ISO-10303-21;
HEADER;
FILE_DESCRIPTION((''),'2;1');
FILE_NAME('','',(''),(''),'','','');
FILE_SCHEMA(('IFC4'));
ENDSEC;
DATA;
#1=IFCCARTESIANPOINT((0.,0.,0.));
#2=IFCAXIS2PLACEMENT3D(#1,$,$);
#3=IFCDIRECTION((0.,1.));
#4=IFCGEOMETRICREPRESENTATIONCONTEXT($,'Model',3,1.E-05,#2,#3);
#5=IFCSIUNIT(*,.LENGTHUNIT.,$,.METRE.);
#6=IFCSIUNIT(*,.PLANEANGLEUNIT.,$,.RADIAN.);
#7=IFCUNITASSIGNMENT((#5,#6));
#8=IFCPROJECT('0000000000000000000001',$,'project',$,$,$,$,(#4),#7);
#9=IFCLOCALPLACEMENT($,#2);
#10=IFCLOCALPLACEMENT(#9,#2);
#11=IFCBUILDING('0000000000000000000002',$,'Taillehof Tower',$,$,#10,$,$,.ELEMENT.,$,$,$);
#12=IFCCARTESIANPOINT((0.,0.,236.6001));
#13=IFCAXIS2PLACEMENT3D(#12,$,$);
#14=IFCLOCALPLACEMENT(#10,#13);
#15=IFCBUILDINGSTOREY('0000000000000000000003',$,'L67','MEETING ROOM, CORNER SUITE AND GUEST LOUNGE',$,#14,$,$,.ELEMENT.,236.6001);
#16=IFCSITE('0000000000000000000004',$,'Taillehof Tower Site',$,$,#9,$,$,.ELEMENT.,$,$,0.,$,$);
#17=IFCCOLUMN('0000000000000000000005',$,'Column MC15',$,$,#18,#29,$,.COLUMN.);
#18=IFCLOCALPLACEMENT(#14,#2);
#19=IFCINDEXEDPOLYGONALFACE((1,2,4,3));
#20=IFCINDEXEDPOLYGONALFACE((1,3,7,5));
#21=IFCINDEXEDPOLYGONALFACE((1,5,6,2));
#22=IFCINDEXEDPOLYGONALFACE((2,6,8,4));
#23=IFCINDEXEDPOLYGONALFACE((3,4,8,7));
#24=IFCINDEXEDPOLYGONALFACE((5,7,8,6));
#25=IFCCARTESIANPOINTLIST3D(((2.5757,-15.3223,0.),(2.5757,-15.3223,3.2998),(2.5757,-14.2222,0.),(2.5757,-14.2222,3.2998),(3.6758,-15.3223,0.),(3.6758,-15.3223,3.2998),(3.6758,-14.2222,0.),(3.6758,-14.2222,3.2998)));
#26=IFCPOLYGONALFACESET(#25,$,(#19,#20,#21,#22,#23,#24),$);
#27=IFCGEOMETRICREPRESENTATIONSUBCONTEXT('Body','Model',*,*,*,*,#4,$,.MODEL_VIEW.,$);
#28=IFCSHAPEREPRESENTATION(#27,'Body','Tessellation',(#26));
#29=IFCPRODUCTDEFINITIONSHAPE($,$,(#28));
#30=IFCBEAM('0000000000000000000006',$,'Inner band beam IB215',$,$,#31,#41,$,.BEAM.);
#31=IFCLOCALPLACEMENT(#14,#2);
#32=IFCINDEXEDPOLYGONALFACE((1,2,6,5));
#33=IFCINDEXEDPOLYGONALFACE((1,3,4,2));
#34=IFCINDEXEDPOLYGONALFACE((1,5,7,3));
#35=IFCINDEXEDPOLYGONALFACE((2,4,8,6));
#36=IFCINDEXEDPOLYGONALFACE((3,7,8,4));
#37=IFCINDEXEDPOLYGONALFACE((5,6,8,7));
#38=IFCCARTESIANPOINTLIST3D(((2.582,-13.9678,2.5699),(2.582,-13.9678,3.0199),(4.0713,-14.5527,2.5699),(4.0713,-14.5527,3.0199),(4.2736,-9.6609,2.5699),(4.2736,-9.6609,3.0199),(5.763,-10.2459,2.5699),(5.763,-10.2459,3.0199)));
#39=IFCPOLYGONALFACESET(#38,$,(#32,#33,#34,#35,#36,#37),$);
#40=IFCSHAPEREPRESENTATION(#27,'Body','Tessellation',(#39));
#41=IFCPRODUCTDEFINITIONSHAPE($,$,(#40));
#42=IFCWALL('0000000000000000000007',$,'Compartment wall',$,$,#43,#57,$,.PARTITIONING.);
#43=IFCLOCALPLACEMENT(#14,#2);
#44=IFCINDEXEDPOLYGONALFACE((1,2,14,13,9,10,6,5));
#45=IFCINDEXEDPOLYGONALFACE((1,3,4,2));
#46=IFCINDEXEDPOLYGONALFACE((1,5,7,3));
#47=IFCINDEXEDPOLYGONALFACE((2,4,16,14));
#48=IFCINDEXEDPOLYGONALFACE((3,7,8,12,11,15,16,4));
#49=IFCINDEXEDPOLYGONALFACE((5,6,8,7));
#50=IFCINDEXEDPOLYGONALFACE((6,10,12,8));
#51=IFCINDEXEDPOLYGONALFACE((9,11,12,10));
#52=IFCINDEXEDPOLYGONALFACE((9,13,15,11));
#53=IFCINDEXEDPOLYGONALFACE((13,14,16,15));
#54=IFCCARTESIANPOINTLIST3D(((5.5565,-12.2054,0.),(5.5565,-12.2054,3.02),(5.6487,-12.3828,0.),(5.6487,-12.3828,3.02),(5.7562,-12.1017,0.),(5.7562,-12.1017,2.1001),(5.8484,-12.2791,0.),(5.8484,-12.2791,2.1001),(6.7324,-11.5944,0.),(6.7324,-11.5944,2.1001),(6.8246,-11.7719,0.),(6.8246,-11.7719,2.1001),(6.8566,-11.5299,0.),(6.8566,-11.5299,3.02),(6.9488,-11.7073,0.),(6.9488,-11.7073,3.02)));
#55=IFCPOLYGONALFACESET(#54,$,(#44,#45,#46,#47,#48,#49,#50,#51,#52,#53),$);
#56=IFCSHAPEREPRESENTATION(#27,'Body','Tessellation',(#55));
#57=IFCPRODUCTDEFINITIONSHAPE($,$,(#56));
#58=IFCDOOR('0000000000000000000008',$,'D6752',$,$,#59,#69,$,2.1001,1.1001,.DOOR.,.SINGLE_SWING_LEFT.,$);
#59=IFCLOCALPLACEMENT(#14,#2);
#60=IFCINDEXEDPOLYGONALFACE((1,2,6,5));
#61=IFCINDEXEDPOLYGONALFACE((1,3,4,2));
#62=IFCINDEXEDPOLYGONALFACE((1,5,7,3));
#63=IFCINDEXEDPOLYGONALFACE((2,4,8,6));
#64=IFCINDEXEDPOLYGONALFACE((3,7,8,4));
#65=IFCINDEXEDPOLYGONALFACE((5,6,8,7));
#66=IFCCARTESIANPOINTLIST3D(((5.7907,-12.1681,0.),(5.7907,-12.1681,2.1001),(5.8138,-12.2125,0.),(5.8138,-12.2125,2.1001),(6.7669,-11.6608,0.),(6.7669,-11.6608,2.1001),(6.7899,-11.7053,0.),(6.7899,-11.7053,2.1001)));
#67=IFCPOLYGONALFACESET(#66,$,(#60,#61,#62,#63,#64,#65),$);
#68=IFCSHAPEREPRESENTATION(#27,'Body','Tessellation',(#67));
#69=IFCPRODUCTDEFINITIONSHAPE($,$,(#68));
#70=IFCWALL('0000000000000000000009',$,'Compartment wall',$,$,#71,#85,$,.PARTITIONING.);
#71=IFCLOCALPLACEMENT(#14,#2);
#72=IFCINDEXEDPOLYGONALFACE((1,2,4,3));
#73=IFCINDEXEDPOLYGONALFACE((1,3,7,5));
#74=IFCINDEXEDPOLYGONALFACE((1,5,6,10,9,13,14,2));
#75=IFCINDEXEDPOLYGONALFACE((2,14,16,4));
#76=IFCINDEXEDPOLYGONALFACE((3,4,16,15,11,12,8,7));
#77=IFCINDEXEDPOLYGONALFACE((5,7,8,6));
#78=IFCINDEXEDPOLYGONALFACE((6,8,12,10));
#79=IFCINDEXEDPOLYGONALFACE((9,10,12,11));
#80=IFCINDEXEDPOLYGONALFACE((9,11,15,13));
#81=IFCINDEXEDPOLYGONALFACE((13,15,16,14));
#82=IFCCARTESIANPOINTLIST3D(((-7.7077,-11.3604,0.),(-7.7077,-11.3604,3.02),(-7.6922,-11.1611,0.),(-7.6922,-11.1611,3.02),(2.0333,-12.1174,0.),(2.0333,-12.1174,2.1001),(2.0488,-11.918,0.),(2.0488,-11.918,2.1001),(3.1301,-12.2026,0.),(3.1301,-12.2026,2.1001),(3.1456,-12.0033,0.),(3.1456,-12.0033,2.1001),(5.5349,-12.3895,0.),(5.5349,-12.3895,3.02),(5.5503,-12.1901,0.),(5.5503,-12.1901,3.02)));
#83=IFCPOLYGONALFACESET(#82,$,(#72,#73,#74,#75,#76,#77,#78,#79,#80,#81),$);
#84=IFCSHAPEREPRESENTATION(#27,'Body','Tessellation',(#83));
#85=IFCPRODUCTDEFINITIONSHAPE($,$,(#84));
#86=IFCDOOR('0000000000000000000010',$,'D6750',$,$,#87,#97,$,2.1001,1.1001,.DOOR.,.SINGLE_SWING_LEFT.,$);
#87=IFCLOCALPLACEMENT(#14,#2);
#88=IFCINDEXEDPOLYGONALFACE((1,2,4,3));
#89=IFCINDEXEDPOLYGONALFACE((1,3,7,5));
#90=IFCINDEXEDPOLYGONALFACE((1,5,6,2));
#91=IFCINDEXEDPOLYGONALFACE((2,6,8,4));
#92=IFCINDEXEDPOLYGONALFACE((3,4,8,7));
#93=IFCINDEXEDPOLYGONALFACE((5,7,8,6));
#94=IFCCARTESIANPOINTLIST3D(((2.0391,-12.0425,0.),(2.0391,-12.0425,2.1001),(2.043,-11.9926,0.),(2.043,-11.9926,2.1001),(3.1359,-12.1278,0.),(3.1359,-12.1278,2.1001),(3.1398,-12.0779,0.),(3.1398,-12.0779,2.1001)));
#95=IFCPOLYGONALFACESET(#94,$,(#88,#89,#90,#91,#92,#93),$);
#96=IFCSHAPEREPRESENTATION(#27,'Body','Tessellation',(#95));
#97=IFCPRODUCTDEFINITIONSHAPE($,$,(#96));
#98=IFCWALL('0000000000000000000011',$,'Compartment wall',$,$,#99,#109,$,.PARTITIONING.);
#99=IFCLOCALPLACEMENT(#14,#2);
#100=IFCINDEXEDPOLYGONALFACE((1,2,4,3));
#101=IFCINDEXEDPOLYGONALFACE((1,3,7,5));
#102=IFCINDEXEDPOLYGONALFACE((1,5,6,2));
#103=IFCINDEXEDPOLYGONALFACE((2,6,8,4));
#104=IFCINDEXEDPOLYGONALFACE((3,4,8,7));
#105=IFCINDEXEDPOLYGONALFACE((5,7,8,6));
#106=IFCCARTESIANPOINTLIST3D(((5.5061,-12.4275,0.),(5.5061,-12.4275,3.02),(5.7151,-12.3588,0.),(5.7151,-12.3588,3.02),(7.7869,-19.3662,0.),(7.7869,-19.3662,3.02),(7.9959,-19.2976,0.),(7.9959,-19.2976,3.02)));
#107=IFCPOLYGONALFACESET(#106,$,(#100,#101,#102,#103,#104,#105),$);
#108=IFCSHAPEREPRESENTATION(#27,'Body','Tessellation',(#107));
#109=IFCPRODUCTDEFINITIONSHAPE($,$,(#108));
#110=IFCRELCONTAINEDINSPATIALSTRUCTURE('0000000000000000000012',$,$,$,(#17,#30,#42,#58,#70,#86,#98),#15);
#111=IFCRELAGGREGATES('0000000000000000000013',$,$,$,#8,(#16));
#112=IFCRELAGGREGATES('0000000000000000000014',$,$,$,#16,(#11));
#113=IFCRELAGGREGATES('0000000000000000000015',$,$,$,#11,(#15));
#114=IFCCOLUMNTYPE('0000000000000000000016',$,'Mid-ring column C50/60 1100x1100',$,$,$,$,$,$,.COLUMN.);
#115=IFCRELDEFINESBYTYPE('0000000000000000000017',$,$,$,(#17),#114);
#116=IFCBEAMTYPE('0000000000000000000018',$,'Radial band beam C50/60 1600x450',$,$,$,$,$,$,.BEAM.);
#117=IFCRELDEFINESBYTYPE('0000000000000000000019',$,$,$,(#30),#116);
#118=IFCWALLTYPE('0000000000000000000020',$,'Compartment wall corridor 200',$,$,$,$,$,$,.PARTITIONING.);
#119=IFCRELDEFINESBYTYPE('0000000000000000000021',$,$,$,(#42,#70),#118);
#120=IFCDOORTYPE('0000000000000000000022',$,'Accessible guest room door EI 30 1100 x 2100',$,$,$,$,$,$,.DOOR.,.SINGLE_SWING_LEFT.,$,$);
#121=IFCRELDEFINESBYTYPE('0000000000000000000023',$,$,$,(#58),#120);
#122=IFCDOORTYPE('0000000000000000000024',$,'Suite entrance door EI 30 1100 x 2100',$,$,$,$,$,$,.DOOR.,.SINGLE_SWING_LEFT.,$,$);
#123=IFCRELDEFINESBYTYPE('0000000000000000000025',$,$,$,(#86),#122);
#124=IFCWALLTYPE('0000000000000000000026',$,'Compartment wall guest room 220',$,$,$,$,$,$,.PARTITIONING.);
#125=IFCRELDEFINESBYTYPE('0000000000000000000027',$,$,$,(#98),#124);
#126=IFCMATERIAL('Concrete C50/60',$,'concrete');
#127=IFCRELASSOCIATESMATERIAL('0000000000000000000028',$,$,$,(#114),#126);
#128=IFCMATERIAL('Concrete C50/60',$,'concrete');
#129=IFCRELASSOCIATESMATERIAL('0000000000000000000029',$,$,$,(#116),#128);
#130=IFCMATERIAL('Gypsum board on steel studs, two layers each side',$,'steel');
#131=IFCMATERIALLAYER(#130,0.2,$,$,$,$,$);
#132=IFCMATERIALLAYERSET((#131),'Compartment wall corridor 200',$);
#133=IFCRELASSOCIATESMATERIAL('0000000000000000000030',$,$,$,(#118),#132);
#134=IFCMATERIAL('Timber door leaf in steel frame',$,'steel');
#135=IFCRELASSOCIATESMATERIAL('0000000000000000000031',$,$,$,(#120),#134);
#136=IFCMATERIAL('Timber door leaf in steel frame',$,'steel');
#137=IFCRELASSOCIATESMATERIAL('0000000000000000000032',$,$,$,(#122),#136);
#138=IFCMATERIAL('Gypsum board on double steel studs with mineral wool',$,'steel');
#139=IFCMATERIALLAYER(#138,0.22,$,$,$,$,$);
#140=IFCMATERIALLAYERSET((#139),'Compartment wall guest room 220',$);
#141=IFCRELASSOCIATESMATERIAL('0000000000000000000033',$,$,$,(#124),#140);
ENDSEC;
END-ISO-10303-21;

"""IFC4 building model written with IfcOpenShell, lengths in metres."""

from ifc_helpers import new_model, si_unit, direction, frame, frame_2d, origin, origin_2d, place, context, subcontext, project, spatial, rectangle, extrude, material, layer, layer_set, material_profile, profile_set, type_object, element, fill, save


model = new_model("IFC4")

# Units and contexts
model_context = context("Model", 3, precision=1e-05, world=origin(), true_north=direction((0.0, 1.0)))
body_context = subcontext(model_context, "Body", "Model", "MODEL_VIEW")
ifc_project = project(units=[si_unit("LENGTHUNIT", "METRE"), si_unit("PLANEANGLEUNIT", "RADIAN")], contexts=[model_context])

# Site, building, storey
site_placement = place(None, origin())
site = spatial("IfcSite", under=ifc_project, at=site_placement, Name="Taillehof Tower Site", CompositionType="ELEMENT", RefElevation=0.0)
building_placement = place(site_placement, origin())
building = spatial("IfcBuilding", under=site, at=building_placement, Name="Taillehof Tower", CompositionType="ELEMENT")
storey_placement = place(building_placement, frame((0.0, 0.0, 236.6001)))
storey = spatial("IfcBuildingStorey", under=building, at=storey_placement, Name="L67", Description="MEETING ROOM, CORNER SUITE AND GUEST LOUNGE", CompositionType="ELEMENT", Elevation=236.6001)

# Column
ifc_material_1 = material(Name="Concrete C50/60", Category="concrete")
ifc_material_profile_1 = material_profile(ifc_material_1, rectangle(XDim=1.1001, YDim=1.1001, at=origin_2d()), Name="RC 1100x1100")
ifc_profile_set_1 = profile_set([ifc_material_profile_1], Name="Concrete C50/60")
column_type = type_object("IfcColumnType", Name="Mid-ring column C50/60 1100x1100", PredefinedType="COLUMN", material=ifc_profile_set_1)
column_placement = place(storey_placement, frame((3.1257, -14.7722, 0.0), z_axis=(0.0, 0.0, 1.0), x_axis=(1.0, 0.0, 0.0)))
element("IfcColumn", 1, at=column_placement, inside=storey, type_object=column_type, Name="Column MC15", PredefinedType="COLUMN", context=body_context, shape_type="SweptSolid", body=[
    extrude(rectangle(XDim=1.1001, YDim=1.1001, at=origin_2d()), origin(), (0.0, 0.0, 1.0), 3.2998),
])

# Beam
ifc_material_2 = material(Name="Concrete C50/60", Category="concrete")
ifc_material_profile_2 = material_profile(ifc_material_2, rectangle(XDim=1.6001, YDim=0.45, at=origin_2d()), Name="RC 1600x450")
ifc_profile_set_2 = profile_set([ifc_material_profile_2], Name="Concrete C50/60")
beam_type = type_object("IfcBeamType", Name="Radial band beam C50/60 1600x450", PredefinedType="BEAM", material=ifc_profile_set_2)
beam_placement = place(storey_placement, frame((3.3267, -14.2603, 2.7949), z_axis=(0.365589, 0.930777, 0.0), x_axis=(-0.930777, 0.365589, 0.0)))
element("IfcBeam", 2, at=beam_placement, inside=storey, type_object=beam_type, Name="Inner band beam IB215", PredefinedType="BEAM", context=body_context, shape_type="SweptSolid", body=[
    extrude(rectangle(XDim=1.6001, YDim=0.45, at=origin_2d()), origin(), (0.0, 0.0, 1.0), 4.6272),
])

# Walls, openings, doors
ifc_material_3 = material(Name="Gypsum board on steel studs, two layers each side", Category="steel")
ifc_layer_1 = layer(ifc_material_3, 0.2)
ifc_layer_set_1 = layer_set([ifc_layer_1], Name="Compartment wall corridor 200")
wall_type_1 = type_object("IfcWallType", Name="Compartment wall corridor 200", PredefinedType="PARTITIONING", material=ifc_layer_set_1)
wall_1_placement = place(storey_placement, frame((6.9026, -11.6187, 0.0), z_axis=(0.0, 0.0, 1.0), x_axis=(-0.887353, -0.46109, 0.0)))
wall_1 = element("IfcWall", 3, at=wall_1_placement, inside=storey, type_object=wall_type_1, Name="Compartment wall", PredefinedType="PARTITIONING", context=body_context, shape_type="SweptSolid", body=[
    extrude(rectangle(XDim=1.4651, YDim=0.2, at=frame_2d((0.7324, 0.0))), origin(), (0.0, 0.0, 1.0), 3.02),
])
opening_1_placement = place(wall_1_placement, frame((0.1399, 0.0, 0.0)))
opening_1 = element("IfcOpeningElement", 4, at=opening_1_placement, cuts=wall_1, PredefinedType="OPENING", context=body_context, shape_type="SweptSolid", body=[
    extrude(rectangle(XDim=1.1001, YDim=2.1001, at=frame_2d((0.55, 1.05))), frame((0.0, 0.1099, 0.0), z_axis=(0.0, -1.0, 0.0), x_axis=(1.0, 0.0, 0.0)), (0.0, 0.0, 1.0), 0.22),
])
ifc_material_4 = material(Name="Timber door leaf in steel frame", Category="steel")
door_type_1 = type_object("IfcDoorType", Name="Accessible guest room door EI 30 1100 x 2100", OperationType="SINGLE_SWING_LEFT", PredefinedType="DOOR", material=ifc_material_4)
door_1_placement = place(opening_1_placement, origin())
door_1 = element("IfcDoor", 5, at=door_1_placement, inside=storey, type_object=door_type_1, Name="D6752", OperationType="SINGLE_SWING_LEFT", OverallHeight=2.1001, OverallWidth=1.1001, PredefinedType="DOOR", context=body_context, shape_type="SweptSolid", body=[
    extrude(rectangle(XDim=1.1001, YDim=2.1001, at=frame_2d((0.55, 1.05))), frame((0.0, 0.0249, 0.0), z_axis=(0.0, -1.0, 0.0), x_axis=(1.0, 0.0, 0.0)), (0.0, 0.0, 1.0), 0.05),
])
fill(opening_1, door_1)
wall_2_placement = place(storey_placement, frame((5.5425, -12.2898, 0.0), z_axis=(0.0, 0.0, 1.0), x_axis=(-0.996994, 0.077475, 0.0)))
wall_2 = element("IfcWall", 6, at=wall_2_placement, inside=storey, type_object=wall_type_1, Name="Compartment wall", PredefinedType="PARTITIONING", context=body_context, shape_type="SweptSolid", body=[
    extrude(rectangle(XDim=13.2825, YDim=0.2, at=frame_2d((6.6411, 0.0))), origin(), (0.0, 0.0, 1.0), 3.02),
])
opening_2_placement = place(wall_2_placement, frame((2.4119, 0.0, 0.0)))
opening_2 = element("IfcOpeningElement", 7, at=opening_2_placement, cuts=wall_2, PredefinedType="OPENING", context=body_context, shape_type="SweptSolid", body=[
    extrude(rectangle(XDim=1.1001, YDim=2.1001, at=frame_2d((0.55, 1.05))), frame((0.0, 0.1099, 0.0), z_axis=(0.0, -1.0, 0.0), x_axis=(1.0, 0.0, 0.0)), (0.0, 0.0, 1.0), 0.22),
])
ifc_material_5 = material(Name="Timber door leaf in steel frame", Category="steel")
door_type_2 = type_object("IfcDoorType", Name="Suite entrance door EI 30 1100 x 2100", OperationType="SINGLE_SWING_LEFT", PredefinedType="DOOR", material=ifc_material_5)
door_2_placement = place(opening_2_placement, origin())
door_2 = element("IfcDoor", 8, at=door_2_placement, inside=storey, type_object=door_type_2, Name="D6750", OperationType="SINGLE_SWING_LEFT", OverallHeight=2.1001, OverallWidth=1.1001, PredefinedType="DOOR", context=body_context, shape_type="SweptSolid", body=[
    extrude(rectangle(XDim=1.1001, YDim=2.1001, at=frame_2d((0.55, 1.05))), frame((0.0, 0.0249, 0.0), z_axis=(0.0, -1.0, 0.0), x_axis=(1.0, 0.0, 0.0)), (0.0, 0.0, 1.0), 0.05),
])
fill(opening_2, door_2)

# Wall
ifc_material_6 = material(Name="Gypsum board on double steel studs with mineral wool", Category="steel")
ifc_layer_2 = layer(ifc_material_6, 0.22)
ifc_layer_set_2 = layer_set([ifc_layer_2], Name="Compartment wall guest room 220")
wall_type_2 = type_object("IfcWallType", Name="Compartment wall guest room 220", PredefinedType="PARTITIONING", material=ifc_layer_set_2)
wall_3_placement = place(storey_placement, frame((7.8914, -19.3318, 0.0), z_axis=(0.0, 0.0, 1.0), x_axis=(-0.312264, 0.949995, 0.0)))
element("IfcWall", 9, at=wall_3_placement, inside=storey, type_object=wall_type_2, Name="Compartment wall", PredefinedType="PARTITIONING", context=body_context, shape_type="SweptSolid", body=[
    extrude(rectangle(XDim=7.304, YDim=0.22, at=frame_2d((3.6519, 0.0))), origin(), (0.0, 0.0, 1.0), 3.02),
])

save(model, "model.ifc")
